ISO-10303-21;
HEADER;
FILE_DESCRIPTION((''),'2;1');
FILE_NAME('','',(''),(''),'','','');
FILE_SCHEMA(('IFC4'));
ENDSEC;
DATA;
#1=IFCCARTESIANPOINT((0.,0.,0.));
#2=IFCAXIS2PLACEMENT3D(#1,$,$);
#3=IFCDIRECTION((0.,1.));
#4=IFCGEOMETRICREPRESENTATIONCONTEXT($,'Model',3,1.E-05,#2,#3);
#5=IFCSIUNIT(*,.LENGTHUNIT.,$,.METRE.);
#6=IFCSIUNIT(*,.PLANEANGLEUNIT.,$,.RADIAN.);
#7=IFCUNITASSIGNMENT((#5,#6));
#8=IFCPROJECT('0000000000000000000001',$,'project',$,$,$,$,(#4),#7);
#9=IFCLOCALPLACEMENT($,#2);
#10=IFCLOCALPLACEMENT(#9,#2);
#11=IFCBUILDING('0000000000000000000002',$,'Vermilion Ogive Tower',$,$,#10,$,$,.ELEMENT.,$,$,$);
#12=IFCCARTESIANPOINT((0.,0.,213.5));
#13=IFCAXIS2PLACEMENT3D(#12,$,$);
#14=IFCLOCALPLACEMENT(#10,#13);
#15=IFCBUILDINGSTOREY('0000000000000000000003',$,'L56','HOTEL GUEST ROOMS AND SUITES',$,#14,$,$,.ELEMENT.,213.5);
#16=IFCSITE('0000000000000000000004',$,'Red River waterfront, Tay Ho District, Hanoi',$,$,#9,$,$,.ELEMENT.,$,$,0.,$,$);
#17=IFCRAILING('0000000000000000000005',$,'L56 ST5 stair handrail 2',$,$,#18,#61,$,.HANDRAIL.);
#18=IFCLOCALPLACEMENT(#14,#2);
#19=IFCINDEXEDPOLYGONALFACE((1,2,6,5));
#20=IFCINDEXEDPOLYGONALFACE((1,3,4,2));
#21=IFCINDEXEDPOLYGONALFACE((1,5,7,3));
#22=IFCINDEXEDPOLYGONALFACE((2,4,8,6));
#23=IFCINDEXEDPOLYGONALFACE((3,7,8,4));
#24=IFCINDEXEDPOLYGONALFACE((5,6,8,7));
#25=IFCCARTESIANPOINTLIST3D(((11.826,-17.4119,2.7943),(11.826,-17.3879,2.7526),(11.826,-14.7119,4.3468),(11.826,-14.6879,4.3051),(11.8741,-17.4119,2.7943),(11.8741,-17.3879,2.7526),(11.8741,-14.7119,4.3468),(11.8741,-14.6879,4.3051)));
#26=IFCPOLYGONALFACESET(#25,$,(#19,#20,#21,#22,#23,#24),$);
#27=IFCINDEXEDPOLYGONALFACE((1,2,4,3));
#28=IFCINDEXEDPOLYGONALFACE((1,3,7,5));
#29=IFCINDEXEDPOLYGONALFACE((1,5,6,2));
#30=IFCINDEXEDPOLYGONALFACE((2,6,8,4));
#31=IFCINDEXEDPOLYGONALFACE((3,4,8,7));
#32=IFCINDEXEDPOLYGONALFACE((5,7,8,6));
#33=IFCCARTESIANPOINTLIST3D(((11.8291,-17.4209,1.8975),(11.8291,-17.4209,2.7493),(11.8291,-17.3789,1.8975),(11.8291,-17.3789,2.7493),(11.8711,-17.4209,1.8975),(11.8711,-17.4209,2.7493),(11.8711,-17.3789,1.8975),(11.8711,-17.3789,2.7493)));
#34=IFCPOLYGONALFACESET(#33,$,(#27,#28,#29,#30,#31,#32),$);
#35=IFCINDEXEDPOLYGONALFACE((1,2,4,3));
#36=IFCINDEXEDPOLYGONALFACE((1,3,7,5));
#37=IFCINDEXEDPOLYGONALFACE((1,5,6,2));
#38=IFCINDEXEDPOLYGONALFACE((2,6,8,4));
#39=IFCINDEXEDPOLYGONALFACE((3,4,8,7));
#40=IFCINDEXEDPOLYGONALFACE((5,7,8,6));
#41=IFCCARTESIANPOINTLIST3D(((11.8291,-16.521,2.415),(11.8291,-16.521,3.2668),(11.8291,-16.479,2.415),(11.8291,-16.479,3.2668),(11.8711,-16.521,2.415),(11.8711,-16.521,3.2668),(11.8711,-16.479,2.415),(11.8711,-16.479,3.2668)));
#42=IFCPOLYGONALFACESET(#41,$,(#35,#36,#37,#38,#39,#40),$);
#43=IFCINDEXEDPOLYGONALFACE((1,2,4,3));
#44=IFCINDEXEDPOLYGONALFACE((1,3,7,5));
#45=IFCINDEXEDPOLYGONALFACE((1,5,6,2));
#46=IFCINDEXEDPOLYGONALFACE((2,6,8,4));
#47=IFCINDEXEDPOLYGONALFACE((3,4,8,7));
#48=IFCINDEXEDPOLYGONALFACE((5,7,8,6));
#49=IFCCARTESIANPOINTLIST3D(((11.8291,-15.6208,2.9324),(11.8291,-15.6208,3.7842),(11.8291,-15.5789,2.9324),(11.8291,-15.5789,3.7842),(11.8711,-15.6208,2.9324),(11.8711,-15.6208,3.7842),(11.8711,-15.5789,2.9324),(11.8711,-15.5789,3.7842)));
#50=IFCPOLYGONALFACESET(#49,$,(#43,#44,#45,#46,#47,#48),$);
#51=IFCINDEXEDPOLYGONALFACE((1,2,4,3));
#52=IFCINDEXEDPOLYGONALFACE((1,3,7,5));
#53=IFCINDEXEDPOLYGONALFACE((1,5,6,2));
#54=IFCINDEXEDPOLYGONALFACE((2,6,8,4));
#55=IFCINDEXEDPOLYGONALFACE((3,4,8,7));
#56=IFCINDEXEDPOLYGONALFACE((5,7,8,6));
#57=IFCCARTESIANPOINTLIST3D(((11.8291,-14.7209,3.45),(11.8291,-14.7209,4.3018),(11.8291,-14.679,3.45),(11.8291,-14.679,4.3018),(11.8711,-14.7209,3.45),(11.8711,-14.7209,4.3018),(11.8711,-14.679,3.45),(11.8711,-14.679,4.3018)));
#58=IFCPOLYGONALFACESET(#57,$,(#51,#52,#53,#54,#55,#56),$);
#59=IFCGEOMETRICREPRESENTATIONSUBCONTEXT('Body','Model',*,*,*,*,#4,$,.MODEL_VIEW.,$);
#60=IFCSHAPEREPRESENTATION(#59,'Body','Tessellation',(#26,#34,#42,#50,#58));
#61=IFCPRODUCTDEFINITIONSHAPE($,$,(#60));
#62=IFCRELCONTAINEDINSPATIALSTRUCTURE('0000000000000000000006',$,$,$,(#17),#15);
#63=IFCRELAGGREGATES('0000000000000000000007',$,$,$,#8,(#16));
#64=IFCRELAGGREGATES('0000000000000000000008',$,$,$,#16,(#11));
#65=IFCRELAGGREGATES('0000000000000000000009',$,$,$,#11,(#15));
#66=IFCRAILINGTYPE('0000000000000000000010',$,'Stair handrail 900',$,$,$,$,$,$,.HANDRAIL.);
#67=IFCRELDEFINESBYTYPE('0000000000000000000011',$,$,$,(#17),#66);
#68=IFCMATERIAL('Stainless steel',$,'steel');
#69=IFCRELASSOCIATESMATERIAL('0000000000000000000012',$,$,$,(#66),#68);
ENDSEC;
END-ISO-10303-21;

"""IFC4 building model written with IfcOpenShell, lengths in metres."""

from ifc_helpers import new_model, si_unit, direction, frame, origin, origin_2d, place, context, subcontext, project, spatial, rectangle, extrude, material, type_object, element, save


model = new_model("IFC4")

# Units and contexts
model_context = context("Model", 3, precision=1e-05, world=origin(), true_north=direction((0.0, 1.0)))
body_context = subcontext(model_context, "Body", "Model", "MODEL_VIEW")
ifc_project = project(units=[si_unit("LENGTHUNIT", "METRE"), si_unit("PLANEANGLEUNIT", "RADIAN")], contexts=[model_context])

# Site, building, storey
site_placement = place(None, origin())
site = spatial("IfcSite", under=ifc_project, at=site_placement, Name="Red River waterfront, Tay Ho District, Hanoi", CompositionType="ELEMENT", RefElevation=0.0)
building_placement = place(site_placement, origin())
building = spatial("IfcBuilding", under=site, at=building_placement, Name="Vermilion Ogive Tower", CompositionType="ELEMENT")
storey_placement = place(building_placement, frame((0.0, 0.0, 213.5)))
storey = spatial("IfcBuildingStorey", under=building, at=storey_placement, Name="L56", Description="HOTEL GUEST ROOMS AND SUITES", CompositionType="ELEMENT", Elevation=213.5)

# Railing
ifc_material_1 = material(Name="Stainless steel", Category="steel")
railing_type_1 = type_object("IfcRailingType", Name="Stair handrail 900", PredefinedType="HANDRAIL", material=ifc_material_1)
railing_1_placement = place(storey_placement, frame((11.8501, -17.3999, 1.8975)))
element("IfcRailing", 1, at=railing_1_placement, inside=storey, type_object=railing_type_1, Name="L56 ST5 stair handrail 2", PredefinedType="HANDRAIL", context=body_context, shape_type="SweptSolid", body=[
    extrude(rectangle(XDim=0.0481, YDim=0.0481, at=origin_2d()), frame((0.0, 0.0, 0.876), z_axis=(0.0, 0.866904, 0.498476), x_axis=(-1.0, 0.0, 0.0)), (0.0, 0.0, 1.0), 3.1145),
    extrude(rectangle(XDim=0.042, YDim=0.042, at=origin_2d()), origin(), (0.0, 0.0, 1.0), 0.8518),
    extrude(rectangle(XDim=0.042, YDim=0.042, at=origin_2d()), frame((0.0, 0.8999, 0.5176)), (0.0, 0.0, 1.0), 0.8518),
    extrude(rectangle(XDim=0.042, YDim=0.042, at=origin_2d()), frame((0.0, 1.8, 1.0349)), (0.0, 0.0, 1.0), 0.8518),
    extrude(rectangle(XDim=0.042, YDim=0.042, at=origin_2d()), frame((0.0, 2.7, 1.5525)), (0.0, 0.0, 1.0), 0.8518),
])

save(model, "model.ifc")
